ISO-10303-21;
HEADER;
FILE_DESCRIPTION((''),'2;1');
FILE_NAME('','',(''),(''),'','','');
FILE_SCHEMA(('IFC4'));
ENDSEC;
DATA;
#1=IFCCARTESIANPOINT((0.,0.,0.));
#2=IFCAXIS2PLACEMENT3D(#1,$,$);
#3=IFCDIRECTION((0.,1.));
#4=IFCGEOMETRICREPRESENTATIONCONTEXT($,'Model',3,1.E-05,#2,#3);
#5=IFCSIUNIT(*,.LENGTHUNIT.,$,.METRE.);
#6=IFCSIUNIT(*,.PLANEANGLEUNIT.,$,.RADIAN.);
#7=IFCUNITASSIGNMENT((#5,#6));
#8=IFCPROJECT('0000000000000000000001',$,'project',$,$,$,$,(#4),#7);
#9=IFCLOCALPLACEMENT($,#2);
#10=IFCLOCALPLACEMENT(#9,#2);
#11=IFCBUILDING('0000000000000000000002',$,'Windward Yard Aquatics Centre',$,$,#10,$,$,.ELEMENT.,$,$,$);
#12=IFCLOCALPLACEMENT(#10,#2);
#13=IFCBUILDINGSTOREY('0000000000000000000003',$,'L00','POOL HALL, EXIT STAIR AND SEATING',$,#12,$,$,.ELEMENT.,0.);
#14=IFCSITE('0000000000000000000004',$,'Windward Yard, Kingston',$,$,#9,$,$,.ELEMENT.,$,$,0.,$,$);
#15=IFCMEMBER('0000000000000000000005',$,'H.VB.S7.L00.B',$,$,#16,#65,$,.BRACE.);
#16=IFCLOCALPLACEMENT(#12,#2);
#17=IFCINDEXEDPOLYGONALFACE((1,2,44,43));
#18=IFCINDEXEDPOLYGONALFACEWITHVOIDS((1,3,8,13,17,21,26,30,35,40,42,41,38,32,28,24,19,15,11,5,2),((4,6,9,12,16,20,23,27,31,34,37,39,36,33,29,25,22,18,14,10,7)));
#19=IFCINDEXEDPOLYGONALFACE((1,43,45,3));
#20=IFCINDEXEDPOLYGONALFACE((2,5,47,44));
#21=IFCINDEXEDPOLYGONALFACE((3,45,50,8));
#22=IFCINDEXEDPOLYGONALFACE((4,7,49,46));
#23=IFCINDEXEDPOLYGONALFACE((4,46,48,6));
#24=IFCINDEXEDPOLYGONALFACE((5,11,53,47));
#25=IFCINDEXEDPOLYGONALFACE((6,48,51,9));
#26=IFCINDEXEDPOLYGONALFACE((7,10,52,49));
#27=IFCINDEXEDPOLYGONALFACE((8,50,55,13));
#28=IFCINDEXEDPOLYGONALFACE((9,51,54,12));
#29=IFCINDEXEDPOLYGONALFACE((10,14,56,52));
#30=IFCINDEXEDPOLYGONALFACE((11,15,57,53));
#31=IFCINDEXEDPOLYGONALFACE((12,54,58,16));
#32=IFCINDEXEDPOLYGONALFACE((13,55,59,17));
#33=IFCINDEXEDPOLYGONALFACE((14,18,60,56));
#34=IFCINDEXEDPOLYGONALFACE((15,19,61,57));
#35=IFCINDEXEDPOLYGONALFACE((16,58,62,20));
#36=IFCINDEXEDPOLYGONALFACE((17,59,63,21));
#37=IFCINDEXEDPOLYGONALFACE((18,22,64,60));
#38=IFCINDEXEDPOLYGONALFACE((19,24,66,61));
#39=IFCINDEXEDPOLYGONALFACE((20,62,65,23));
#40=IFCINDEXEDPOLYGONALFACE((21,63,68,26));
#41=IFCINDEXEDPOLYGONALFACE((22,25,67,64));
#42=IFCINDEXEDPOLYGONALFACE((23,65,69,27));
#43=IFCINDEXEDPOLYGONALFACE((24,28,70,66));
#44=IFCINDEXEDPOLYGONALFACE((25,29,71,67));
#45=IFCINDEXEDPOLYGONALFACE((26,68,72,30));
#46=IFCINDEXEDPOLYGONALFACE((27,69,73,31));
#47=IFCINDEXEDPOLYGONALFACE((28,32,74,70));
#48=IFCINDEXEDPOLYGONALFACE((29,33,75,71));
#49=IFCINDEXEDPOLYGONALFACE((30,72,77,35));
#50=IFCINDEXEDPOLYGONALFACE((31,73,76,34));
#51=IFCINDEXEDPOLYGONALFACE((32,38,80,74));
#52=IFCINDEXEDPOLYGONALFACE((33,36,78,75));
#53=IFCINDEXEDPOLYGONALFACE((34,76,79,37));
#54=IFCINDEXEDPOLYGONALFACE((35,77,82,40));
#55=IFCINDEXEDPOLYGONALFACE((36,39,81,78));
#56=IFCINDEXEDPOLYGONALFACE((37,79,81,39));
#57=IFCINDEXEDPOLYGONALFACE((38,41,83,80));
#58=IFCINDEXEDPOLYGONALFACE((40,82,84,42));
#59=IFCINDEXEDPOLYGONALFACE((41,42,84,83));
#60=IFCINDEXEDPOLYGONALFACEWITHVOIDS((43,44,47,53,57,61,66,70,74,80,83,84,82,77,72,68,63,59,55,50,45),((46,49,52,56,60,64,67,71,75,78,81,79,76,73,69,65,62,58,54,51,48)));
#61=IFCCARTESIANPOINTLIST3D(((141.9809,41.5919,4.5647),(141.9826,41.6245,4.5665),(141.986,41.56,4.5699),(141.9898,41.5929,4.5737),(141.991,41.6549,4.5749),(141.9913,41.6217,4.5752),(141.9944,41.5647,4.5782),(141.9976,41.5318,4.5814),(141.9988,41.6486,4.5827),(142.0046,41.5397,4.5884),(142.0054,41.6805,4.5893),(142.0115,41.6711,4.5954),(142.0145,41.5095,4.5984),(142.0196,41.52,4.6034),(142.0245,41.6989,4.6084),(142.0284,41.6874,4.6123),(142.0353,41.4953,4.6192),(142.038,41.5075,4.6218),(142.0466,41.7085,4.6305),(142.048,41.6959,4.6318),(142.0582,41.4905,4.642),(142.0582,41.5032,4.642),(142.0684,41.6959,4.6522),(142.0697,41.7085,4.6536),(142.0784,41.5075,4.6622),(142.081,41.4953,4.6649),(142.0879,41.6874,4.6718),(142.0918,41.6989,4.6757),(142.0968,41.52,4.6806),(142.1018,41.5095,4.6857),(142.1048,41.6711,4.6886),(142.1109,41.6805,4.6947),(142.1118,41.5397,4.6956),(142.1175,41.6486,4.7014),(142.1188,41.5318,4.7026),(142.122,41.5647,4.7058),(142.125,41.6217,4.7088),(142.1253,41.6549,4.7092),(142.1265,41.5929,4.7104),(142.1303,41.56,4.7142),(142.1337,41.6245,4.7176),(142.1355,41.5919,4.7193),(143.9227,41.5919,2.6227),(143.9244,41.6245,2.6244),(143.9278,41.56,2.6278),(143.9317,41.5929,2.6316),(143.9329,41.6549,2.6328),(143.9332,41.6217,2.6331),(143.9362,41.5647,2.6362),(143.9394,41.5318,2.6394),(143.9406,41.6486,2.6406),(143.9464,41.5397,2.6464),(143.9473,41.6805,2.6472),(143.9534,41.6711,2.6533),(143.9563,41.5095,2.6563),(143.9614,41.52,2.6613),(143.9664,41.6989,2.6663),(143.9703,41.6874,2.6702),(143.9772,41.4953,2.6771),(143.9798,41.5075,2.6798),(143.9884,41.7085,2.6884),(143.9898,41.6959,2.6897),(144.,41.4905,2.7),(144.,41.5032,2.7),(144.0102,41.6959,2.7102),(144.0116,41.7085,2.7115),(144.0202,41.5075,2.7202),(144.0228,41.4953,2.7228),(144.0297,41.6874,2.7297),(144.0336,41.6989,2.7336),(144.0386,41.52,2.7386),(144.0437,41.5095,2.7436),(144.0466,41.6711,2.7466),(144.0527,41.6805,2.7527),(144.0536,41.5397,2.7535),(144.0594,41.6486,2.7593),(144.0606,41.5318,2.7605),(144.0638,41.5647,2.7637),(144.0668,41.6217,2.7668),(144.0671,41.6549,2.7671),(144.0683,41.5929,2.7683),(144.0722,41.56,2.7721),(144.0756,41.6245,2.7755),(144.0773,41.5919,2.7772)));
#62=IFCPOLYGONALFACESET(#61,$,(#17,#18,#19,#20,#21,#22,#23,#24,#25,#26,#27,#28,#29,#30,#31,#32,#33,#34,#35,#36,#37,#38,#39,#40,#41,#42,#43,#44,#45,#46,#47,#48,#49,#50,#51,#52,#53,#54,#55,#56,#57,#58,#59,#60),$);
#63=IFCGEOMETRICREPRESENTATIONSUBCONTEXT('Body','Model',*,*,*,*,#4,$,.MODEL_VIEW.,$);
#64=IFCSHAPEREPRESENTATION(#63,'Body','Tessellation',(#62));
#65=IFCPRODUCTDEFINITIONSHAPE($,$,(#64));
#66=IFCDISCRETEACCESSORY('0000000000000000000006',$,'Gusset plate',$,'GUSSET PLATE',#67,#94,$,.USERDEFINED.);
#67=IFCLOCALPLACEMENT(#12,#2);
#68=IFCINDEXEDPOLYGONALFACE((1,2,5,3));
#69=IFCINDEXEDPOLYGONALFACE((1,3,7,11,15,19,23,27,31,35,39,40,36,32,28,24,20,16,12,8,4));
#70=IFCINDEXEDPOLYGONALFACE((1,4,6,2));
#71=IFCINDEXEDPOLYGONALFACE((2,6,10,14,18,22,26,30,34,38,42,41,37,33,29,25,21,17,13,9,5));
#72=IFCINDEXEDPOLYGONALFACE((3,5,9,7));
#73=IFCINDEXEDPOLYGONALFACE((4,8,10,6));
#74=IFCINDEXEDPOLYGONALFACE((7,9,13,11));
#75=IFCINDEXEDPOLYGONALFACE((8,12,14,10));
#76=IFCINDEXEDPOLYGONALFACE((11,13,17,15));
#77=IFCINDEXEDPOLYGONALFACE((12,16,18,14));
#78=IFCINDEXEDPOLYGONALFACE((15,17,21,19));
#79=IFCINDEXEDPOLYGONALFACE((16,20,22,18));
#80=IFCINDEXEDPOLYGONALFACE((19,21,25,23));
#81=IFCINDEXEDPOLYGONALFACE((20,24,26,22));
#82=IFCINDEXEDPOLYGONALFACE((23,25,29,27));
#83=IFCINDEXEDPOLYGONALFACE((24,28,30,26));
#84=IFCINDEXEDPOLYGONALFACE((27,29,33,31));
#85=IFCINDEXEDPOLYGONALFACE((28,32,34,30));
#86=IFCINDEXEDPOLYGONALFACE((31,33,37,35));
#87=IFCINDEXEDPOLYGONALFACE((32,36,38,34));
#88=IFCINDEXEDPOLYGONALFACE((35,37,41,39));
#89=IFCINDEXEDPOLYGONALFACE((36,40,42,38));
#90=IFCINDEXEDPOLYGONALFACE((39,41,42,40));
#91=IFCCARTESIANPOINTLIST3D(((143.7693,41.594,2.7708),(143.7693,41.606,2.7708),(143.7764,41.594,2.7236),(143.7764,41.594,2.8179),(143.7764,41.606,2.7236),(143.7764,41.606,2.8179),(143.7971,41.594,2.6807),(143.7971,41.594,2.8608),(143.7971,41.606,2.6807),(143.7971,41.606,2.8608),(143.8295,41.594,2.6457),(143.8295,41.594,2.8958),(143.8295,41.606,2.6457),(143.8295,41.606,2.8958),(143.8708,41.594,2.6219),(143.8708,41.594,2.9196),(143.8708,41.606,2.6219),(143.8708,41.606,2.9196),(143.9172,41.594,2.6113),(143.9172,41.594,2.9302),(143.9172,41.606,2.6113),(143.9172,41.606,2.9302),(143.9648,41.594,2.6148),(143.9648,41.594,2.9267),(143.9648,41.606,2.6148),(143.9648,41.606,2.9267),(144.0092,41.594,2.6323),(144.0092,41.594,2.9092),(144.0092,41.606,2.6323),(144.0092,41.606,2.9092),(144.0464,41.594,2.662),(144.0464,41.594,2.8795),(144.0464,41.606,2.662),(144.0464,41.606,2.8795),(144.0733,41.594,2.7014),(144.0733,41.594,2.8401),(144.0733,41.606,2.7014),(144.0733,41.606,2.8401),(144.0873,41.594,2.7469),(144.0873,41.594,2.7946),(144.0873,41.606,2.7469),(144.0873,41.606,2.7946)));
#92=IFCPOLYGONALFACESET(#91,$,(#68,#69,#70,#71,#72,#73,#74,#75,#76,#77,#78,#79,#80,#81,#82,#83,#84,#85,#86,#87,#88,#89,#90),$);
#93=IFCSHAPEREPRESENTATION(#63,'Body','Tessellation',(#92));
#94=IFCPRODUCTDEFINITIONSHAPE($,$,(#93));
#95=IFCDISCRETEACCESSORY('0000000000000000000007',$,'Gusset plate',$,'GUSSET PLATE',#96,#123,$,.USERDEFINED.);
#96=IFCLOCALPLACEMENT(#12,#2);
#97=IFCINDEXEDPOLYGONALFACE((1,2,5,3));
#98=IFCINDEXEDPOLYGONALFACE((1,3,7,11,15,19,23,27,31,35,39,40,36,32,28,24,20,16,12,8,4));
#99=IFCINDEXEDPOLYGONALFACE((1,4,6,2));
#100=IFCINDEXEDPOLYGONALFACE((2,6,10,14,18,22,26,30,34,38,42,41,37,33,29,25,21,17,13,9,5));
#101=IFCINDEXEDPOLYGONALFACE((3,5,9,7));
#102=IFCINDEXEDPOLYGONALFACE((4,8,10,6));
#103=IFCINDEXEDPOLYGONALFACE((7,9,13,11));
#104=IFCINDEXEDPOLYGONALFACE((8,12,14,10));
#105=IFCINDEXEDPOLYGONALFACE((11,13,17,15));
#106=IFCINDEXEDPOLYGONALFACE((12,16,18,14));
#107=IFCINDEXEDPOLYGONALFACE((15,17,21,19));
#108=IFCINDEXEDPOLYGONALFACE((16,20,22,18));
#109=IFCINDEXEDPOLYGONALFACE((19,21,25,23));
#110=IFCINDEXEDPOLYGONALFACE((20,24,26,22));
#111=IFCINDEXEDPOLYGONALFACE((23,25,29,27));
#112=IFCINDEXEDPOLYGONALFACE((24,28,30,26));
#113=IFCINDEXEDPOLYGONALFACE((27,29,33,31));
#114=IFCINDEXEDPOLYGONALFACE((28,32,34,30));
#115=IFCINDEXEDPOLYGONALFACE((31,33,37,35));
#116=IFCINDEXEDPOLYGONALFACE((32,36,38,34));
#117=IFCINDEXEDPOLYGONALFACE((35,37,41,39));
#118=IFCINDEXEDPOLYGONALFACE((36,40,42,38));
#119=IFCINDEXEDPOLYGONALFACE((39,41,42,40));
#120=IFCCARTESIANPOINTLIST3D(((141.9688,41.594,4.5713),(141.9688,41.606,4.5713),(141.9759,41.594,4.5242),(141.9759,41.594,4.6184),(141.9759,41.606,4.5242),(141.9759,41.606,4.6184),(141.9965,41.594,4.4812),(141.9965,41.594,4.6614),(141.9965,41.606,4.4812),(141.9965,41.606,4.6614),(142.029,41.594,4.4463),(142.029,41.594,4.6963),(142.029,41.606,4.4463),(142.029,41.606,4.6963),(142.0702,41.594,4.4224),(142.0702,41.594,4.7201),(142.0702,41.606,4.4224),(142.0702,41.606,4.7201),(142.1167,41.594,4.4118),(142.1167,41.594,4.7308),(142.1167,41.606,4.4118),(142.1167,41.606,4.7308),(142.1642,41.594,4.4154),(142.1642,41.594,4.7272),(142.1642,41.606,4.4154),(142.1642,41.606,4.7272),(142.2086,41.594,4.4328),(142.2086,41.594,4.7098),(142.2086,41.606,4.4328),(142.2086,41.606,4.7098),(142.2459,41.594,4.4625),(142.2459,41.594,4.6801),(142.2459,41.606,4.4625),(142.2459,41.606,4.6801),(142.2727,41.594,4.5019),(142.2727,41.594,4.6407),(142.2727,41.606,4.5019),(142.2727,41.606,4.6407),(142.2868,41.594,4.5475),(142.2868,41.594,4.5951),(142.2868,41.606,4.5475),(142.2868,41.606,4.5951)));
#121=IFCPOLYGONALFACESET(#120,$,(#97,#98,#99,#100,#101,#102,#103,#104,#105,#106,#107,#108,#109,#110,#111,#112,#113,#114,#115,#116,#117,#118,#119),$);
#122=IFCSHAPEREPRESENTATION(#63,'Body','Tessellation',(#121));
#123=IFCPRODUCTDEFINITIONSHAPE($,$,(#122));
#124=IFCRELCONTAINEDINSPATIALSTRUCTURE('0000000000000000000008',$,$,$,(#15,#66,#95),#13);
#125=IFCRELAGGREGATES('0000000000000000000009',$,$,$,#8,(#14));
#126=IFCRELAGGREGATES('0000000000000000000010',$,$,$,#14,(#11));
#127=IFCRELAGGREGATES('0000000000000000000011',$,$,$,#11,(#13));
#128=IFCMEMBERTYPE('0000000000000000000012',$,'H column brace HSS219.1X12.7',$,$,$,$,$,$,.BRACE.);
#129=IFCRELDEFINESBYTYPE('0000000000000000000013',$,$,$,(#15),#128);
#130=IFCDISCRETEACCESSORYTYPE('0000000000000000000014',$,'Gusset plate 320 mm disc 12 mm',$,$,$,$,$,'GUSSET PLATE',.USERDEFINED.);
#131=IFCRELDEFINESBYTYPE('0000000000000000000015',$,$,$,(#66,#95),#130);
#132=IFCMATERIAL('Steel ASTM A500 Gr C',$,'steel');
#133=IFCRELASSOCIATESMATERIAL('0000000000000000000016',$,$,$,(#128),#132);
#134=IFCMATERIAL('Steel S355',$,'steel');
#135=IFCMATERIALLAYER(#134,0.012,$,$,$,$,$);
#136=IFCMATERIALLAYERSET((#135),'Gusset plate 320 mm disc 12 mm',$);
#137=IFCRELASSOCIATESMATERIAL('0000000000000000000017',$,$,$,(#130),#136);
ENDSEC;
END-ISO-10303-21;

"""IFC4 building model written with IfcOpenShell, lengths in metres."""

from ifc_helpers import new_model, si_unit, direction, frame, origin, origin_2d, place, context, subcontext, project, spatial, circle, hollow_circle, extrude, material, layer, layer_set, material_profile, profile_set, type_object, element, save


model = new_model("IFC4")

# Units and contexts
model_context = context("Model", 3, precision=1e-05, world=origin(), true_north=direction((0.0, 1.0)))
body_context = subcontext(model_context, "Body", "Model", "MODEL_VIEW")
ifc_project = project(units=[si_unit("LENGTHUNIT", "METRE"), si_unit("PLANEANGLEUNIT", "RADIAN")], contexts=[model_context])

# Site, building, storey
site_placement = place(None, origin())
site = spatial("IfcSite", under=ifc_project, at=site_placement, Name="Windward Yard, Kingston", CompositionType="ELEMENT", RefElevation=0.0)
building_placement = place(site_placement, origin())
building = spatial("IfcBuilding", under=site, at=building_placement, Name="Windward Yard Aquatics Centre", CompositionType="ELEMENT")
storey_placement = place(building_placement, origin())
storey = spatial("IfcBuildingStorey", under=building, at=storey_placement, Name="L00", Description="POOL HALL, EXIT STAIR AND SEATING", CompositionType="ELEMENT", Elevation=0.0)

# Shared definitions
ifc_material_1 = material(Name="Steel ASTM A500 Gr C", Category="steel")

# Member
ifc_material_profile_1 = material_profile(ifc_material_1, hollow_circle(Radius=0.1096, WallThickness=0.0127, at=origin_2d()), Name="HSS219.1X12.7")
ifc_profile_set_1 = profile_set([ifc_material_profile_1], Name="Steel ASTM A500 Gr C")
member_type = type_object("IfcMemberType", Name="H column brace HSS219.1X12.7", PredefinedType="BRACE", material=ifc_profile_set_1)
member_placement = place(storey_placement, frame((144.0, 41.6001, 2.7), z_axis=(-0.707062, 0.0, 0.707151), x_axis=(0.0, -1.0, 0.0)))
element("IfcMember", 1, at=member_placement, inside=storey, type_object=member_type, Name="H.VB.S7.L00.B", PredefinedType="BRACE", context=body_context, shape_type="SweptSolid", body=[
    extrude(hollow_circle(Radius=0.1096, WallThickness=0.0127, at=origin_2d()), origin(), (0.0, 0.0, 1.0), 2.7463),
])

# Discrete accessories
ifc_material_2 = material(Name="Steel S355", Category="steel")
ifc_layer = layer(ifc_material_2, 0.012)
ifc_layer_set = layer_set([ifc_layer], Name="Gusset plate 320 mm disc 12 mm")
discrete_accessory_type = type_object("IfcDiscreteAccessoryType", Name="Gusset plate 320 mm disc 12 mm", ElementType="GUSSET PLATE", PredefinedType="USERDEFINED", material=ifc_layer_set)
for number, where, z_axis, x_axis, name in (
    (2, (143.9292, 41.594, 2.7708), (0.0, 1.0, 0.0), (-1.0, 0.0, 0.0), "Gusset plate"),
    (3, (142.1287, 41.594, 4.5713), (0.0, 1.0, 0.0), (-1.0, 0.0, 0.0), "Gusset plate"),
):
    element("IfcDiscreteAccessory", number, at=place(storey_placement, frame(where, z_axis=z_axis, x_axis=x_axis)), inside=storey, type_object=discrete_accessory_type, Name=name, ObjectType="GUSSET PLATE", PredefinedType="USERDEFINED", context=body_context, shape_type="SweptSolid", body=[
        extrude(circle(Radius=0.1599, at=origin_2d()), origin(), (0.0, 0.0, 1.0), 0.012),
    ])

save(model, "model.ifc")
